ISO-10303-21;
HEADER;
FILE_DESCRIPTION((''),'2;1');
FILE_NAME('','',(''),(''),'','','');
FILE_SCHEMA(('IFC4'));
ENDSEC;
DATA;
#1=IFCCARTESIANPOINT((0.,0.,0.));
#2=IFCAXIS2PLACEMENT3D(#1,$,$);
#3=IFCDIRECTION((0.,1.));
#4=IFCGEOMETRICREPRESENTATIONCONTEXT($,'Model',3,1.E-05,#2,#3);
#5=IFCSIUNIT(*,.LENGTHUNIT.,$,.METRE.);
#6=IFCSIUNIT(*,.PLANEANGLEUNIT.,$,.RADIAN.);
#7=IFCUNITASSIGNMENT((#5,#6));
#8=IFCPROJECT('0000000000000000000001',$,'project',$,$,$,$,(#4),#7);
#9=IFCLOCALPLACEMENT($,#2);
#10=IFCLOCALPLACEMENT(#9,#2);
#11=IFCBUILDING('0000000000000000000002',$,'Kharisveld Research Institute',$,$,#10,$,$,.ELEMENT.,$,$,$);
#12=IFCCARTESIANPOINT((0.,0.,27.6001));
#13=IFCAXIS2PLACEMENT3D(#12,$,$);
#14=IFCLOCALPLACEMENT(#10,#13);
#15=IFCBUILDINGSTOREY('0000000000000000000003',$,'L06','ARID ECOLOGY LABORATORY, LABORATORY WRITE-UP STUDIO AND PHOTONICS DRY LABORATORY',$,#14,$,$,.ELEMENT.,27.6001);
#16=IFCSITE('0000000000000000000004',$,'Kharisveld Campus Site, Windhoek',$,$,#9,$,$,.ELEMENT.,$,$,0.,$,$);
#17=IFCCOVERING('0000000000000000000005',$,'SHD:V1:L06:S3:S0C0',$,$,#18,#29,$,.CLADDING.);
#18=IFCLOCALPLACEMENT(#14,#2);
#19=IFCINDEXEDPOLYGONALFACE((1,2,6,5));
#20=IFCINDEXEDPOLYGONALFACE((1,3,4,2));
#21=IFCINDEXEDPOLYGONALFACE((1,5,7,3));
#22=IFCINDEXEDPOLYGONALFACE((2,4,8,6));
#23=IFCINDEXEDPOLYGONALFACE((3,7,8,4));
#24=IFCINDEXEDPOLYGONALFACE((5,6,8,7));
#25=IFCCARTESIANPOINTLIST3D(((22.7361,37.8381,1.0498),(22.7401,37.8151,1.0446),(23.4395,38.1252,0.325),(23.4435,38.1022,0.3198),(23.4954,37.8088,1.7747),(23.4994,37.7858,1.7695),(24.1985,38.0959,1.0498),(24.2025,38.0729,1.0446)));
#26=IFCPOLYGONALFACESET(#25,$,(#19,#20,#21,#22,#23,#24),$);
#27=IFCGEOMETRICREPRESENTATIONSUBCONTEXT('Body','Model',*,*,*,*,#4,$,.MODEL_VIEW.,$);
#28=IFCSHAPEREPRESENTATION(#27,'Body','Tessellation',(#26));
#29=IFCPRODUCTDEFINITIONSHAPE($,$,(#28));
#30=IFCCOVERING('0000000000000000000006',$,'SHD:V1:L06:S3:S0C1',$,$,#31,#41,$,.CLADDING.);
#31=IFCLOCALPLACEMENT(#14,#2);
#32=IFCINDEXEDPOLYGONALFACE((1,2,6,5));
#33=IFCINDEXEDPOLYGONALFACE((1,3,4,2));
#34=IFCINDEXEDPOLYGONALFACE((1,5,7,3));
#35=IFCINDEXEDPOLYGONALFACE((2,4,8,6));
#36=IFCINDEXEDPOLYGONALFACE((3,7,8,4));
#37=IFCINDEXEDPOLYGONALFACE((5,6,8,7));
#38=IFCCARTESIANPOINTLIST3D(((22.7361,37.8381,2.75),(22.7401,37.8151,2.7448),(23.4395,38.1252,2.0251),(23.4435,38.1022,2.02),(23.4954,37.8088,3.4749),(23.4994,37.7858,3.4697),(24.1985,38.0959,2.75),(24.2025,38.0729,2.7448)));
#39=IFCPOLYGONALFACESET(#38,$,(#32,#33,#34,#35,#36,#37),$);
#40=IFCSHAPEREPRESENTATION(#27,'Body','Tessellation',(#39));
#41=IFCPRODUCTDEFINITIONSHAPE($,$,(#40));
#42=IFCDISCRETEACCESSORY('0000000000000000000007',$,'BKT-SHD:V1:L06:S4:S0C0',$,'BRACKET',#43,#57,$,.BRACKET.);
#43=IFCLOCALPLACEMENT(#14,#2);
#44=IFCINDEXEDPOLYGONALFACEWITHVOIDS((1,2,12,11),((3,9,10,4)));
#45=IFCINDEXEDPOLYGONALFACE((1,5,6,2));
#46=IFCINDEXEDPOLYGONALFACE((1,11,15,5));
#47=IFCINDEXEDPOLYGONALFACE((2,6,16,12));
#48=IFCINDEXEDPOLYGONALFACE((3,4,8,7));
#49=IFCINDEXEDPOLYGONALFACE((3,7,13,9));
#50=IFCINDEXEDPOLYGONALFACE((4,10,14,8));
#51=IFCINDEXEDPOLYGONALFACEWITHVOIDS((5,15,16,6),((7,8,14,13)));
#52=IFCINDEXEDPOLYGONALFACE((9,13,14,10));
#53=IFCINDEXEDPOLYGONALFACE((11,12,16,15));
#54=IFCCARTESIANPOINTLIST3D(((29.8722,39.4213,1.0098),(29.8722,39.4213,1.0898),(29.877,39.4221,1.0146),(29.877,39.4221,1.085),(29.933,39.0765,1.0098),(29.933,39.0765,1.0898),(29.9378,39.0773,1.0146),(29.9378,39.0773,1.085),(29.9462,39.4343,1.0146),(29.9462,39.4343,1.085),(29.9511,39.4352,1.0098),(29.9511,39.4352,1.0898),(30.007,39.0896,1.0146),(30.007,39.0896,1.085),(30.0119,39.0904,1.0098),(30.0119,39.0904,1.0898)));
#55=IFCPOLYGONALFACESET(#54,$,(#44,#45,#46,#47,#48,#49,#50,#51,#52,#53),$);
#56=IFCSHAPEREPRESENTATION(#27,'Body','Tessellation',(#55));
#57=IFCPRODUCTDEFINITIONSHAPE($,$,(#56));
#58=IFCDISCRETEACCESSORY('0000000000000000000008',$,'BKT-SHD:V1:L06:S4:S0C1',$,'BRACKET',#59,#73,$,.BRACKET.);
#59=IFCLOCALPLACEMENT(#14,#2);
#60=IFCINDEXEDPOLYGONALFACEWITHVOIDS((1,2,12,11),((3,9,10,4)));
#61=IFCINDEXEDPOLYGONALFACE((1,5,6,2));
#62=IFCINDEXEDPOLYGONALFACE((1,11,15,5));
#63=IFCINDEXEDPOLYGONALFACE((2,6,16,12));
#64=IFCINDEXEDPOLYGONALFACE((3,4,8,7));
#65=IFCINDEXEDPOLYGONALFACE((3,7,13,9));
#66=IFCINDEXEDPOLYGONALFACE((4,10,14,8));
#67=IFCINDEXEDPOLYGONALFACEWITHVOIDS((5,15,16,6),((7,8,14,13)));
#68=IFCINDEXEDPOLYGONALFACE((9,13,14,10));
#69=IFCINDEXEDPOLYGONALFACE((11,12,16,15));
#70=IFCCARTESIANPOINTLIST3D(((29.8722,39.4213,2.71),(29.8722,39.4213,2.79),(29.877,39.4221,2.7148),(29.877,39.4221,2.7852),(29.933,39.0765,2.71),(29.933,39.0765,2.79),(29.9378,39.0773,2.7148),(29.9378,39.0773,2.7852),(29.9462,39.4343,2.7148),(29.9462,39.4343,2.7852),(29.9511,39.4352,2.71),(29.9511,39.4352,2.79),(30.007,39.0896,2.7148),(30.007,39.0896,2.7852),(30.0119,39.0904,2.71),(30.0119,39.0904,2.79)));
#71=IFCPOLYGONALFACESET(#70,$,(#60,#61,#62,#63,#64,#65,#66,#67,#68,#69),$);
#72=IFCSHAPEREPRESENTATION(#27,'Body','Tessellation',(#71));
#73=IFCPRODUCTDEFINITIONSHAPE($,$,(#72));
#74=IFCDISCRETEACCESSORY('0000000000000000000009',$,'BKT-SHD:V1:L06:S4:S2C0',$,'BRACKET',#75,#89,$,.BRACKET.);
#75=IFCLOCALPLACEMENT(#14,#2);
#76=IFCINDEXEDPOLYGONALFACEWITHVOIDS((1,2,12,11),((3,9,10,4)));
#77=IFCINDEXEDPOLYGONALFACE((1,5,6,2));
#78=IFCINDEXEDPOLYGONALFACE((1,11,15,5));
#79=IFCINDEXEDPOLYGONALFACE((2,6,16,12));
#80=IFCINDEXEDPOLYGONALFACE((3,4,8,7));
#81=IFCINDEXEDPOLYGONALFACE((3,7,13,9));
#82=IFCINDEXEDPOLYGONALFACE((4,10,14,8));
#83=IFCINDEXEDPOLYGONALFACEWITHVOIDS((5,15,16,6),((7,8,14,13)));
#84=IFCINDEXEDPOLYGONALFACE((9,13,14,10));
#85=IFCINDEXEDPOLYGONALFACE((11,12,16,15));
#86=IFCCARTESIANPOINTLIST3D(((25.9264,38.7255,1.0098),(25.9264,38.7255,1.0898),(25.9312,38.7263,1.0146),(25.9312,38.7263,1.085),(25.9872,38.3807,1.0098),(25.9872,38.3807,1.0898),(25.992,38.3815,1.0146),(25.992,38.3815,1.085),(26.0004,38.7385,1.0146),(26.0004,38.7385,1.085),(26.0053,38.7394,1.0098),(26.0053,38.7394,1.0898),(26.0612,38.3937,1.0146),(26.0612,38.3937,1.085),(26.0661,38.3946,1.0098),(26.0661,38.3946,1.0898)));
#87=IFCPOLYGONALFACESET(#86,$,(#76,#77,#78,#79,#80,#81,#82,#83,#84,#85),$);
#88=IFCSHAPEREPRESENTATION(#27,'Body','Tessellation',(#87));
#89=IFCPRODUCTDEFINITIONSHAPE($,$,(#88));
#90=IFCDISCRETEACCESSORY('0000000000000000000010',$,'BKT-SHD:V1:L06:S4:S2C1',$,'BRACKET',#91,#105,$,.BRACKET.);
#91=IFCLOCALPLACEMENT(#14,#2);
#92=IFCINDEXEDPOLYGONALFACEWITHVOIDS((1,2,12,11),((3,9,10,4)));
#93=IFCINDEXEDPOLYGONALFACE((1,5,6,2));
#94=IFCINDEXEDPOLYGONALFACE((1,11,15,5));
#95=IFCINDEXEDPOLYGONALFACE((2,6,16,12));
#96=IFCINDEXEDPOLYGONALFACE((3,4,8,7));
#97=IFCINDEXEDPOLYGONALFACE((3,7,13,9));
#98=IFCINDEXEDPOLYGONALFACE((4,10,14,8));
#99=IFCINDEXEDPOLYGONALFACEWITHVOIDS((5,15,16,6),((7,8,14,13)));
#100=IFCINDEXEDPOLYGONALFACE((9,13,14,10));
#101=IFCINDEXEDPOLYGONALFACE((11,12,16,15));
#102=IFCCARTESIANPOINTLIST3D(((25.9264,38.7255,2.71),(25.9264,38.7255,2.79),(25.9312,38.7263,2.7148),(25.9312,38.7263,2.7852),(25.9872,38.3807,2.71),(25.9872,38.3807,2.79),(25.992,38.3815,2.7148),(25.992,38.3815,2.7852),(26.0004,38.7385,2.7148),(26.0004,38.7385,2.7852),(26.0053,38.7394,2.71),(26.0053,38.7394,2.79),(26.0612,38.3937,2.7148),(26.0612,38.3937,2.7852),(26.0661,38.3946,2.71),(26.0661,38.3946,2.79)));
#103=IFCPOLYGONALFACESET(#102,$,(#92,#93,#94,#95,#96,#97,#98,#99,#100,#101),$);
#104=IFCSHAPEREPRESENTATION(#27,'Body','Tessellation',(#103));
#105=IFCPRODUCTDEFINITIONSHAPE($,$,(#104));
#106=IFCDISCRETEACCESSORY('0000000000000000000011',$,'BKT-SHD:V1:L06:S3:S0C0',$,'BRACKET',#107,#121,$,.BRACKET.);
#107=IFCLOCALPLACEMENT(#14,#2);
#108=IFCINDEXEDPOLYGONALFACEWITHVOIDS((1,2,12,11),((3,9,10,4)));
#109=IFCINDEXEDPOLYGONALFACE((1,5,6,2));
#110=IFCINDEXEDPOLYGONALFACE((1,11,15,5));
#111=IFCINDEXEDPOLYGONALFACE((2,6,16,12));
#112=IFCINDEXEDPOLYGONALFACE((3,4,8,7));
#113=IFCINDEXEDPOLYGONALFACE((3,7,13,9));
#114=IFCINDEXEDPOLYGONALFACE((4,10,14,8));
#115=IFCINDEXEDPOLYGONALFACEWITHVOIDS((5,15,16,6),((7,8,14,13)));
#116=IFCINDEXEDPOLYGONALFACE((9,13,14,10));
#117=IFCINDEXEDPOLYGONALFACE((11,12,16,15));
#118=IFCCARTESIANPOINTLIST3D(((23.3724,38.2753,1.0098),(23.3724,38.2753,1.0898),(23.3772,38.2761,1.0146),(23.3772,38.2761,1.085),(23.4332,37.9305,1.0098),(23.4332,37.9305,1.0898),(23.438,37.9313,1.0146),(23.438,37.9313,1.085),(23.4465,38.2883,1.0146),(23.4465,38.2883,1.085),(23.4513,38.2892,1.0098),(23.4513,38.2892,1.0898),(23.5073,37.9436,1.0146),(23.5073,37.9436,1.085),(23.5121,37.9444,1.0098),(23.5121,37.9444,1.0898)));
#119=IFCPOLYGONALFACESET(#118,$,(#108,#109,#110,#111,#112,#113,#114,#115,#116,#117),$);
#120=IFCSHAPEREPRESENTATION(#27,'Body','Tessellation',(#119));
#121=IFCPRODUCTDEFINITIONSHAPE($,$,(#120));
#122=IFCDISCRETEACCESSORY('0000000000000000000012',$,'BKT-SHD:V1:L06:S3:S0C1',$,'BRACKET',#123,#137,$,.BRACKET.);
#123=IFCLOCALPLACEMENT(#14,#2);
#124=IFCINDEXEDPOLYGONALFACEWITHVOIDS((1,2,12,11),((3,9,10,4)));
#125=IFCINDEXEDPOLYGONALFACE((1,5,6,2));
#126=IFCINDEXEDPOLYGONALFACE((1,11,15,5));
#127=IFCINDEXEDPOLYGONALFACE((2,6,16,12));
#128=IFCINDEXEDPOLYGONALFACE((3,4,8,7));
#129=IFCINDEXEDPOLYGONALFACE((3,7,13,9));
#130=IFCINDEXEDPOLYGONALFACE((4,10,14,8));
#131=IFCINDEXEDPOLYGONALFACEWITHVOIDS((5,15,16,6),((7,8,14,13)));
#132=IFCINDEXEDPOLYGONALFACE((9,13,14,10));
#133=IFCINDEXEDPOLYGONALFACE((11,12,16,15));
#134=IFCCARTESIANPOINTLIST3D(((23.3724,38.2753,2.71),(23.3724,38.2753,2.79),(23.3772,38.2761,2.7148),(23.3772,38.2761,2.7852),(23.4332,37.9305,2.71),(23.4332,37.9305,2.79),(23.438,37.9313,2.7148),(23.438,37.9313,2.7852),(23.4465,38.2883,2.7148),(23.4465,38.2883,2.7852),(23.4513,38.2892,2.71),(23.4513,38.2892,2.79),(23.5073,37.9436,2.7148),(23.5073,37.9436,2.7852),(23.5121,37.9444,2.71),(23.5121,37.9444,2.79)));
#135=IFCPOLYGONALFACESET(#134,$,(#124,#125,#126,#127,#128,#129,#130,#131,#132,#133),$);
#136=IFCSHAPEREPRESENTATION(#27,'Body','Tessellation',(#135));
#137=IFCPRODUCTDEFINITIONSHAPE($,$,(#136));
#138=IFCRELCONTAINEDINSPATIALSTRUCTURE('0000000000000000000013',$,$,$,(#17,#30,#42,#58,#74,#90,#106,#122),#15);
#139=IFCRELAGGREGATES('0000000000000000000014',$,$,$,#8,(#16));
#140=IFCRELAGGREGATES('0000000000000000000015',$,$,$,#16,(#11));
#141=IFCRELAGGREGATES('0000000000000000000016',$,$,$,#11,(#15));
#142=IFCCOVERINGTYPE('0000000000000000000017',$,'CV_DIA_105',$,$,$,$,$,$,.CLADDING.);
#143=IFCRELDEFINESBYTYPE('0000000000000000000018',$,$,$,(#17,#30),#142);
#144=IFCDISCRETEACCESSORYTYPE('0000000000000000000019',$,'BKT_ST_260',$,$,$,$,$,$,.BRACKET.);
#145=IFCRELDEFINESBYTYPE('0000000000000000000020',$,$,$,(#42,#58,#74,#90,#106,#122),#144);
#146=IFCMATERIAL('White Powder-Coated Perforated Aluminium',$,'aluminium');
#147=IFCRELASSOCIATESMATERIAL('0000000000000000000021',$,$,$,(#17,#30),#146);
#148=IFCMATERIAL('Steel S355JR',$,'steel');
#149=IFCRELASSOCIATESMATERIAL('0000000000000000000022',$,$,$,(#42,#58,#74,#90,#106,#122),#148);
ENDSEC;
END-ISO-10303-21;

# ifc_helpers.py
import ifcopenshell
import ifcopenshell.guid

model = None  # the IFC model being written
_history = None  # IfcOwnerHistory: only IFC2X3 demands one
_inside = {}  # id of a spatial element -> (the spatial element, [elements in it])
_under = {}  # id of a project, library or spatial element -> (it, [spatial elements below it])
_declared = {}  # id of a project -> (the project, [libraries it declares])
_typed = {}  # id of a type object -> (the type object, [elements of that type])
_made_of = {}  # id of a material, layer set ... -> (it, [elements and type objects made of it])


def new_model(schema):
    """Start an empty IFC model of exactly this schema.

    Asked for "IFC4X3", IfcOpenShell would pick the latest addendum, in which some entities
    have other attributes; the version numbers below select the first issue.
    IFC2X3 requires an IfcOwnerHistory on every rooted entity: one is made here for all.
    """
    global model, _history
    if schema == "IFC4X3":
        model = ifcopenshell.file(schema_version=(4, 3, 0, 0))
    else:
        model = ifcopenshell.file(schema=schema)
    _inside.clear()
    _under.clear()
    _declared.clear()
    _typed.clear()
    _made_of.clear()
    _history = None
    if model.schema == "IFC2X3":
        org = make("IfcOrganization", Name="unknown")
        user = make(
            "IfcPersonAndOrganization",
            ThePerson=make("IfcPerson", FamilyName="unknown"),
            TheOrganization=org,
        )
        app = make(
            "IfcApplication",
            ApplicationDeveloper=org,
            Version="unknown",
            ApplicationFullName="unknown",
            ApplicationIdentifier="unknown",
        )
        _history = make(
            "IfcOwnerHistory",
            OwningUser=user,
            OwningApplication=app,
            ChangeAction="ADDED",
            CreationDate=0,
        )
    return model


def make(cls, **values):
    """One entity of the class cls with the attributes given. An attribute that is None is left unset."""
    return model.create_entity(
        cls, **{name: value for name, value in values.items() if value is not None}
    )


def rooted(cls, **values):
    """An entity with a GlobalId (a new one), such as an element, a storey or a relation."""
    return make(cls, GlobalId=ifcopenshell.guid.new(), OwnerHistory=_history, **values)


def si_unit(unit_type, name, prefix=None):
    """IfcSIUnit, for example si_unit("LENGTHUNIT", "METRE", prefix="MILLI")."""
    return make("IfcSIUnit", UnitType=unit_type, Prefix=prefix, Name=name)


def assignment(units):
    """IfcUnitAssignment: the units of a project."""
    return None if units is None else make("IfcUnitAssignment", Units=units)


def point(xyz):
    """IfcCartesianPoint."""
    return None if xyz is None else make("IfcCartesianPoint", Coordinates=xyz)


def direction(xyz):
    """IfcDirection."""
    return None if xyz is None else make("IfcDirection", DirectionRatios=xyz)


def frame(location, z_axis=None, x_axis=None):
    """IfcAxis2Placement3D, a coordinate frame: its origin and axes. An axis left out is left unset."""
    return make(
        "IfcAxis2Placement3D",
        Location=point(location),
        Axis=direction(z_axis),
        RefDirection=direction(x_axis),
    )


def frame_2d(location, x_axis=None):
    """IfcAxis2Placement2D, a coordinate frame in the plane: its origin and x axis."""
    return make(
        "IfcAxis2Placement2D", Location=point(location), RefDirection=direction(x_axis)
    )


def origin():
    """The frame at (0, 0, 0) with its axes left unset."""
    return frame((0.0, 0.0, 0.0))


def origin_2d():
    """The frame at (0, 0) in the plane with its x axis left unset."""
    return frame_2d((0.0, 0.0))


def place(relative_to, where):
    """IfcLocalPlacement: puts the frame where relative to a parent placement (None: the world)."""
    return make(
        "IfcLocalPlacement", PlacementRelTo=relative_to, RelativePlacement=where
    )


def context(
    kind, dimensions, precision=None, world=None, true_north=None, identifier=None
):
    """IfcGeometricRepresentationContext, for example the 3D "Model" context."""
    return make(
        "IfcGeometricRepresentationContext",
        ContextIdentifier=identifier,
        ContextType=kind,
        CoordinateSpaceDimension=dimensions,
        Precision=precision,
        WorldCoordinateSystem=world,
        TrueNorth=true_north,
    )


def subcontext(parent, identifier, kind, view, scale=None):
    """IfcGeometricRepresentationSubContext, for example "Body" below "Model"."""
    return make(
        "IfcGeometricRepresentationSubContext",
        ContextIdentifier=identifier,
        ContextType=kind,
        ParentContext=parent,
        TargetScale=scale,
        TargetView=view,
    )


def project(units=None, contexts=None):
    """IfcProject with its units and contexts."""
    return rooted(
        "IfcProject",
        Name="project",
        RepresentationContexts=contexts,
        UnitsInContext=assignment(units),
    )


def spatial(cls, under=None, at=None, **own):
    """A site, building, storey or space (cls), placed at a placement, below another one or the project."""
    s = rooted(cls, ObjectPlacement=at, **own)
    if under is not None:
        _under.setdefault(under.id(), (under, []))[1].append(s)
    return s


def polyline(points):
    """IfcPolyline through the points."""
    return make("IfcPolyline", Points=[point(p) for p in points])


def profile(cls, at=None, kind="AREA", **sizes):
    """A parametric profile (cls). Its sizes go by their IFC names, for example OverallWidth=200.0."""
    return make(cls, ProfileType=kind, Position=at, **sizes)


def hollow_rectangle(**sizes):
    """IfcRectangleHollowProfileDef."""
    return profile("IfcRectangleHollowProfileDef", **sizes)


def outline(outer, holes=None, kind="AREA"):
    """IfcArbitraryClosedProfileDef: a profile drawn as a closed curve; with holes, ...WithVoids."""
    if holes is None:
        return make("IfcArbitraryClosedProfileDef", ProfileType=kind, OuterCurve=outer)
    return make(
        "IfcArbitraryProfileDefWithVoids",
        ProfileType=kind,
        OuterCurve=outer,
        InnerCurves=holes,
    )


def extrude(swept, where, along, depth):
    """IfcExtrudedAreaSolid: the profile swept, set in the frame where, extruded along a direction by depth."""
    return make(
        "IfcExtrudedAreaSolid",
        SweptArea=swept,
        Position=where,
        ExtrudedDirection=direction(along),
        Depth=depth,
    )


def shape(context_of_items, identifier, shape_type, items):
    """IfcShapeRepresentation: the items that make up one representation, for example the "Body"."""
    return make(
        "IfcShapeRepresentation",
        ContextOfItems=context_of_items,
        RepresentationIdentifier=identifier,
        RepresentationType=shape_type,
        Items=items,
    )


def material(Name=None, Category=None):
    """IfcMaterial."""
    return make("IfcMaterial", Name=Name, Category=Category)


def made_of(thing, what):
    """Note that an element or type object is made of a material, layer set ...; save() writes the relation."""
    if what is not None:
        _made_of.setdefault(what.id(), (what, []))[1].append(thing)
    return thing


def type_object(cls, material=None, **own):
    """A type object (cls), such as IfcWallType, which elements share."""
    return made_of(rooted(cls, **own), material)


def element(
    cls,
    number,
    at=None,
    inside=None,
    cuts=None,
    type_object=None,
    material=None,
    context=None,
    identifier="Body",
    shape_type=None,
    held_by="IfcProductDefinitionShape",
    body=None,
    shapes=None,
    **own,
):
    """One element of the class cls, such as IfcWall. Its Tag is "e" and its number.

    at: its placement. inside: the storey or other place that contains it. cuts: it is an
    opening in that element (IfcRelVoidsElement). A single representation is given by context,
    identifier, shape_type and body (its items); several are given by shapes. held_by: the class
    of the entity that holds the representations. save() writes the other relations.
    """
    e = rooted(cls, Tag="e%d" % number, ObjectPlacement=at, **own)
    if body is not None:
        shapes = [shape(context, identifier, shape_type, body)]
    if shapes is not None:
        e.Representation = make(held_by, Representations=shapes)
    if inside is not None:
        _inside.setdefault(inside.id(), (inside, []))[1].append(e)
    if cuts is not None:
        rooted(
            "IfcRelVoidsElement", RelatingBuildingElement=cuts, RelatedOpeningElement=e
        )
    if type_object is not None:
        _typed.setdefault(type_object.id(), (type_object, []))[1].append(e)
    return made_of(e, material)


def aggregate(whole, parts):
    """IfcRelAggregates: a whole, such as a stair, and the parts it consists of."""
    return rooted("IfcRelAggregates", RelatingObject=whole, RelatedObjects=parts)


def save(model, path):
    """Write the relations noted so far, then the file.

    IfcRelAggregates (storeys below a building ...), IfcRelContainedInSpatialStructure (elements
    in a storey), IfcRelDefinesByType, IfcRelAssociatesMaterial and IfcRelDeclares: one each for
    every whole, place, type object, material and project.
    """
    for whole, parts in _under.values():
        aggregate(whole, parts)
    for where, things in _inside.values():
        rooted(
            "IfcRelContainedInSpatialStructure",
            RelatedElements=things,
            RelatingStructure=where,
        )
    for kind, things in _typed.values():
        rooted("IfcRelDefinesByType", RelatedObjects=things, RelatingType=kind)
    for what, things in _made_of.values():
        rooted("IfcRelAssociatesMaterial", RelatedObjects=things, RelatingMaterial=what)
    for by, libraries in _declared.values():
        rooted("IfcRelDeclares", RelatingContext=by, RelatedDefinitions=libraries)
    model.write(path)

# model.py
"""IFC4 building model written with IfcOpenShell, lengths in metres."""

from ifc_helpers import new_model, si_unit, direction, frame, origin, origin_2d, place, context, subcontext, project, spatial, polyline, hollow_rectangle, outline, extrude, material, type_object, element, save


model = new_model("IFC4")

# Units and contexts
model_context = context("Model", 3, precision=1e-05, world=origin(), true_north=direction((0.0, 1.0)))
body_context = subcontext(model_context, "Body", "Model", "MODEL_VIEW")
ifc_project = project(units=[si_unit("LENGTHUNIT", "METRE"), si_unit("PLANEANGLEUNIT", "RADIAN")], contexts=[model_context])

# Site, building, storey
site_placement = place(None, origin())
site = spatial("IfcSite", under=ifc_project, at=site_placement, Name="Kharisveld Campus Site, Windhoek", CompositionType="ELEMENT", RefElevation=0.0)
building_placement = place(site_placement, origin())
building = spatial("IfcBuilding", under=site, at=building_placement, Name="Kharisveld Research Institute", CompositionType="ELEMENT")
storey_placement = place(building_placement, frame((0.0, 0.0, 27.6001)))
storey = spatial("IfcBuildingStorey", under=building, at=storey_placement, Name="L06", Description="ARID ECOLOGY LABORATORY, LABORATORY WRITE-UP STUDIO AND PHOTONICS DRY LABORATORY", CompositionType="ELEMENT", Elevation=27.6001)

# Coverings
ifc_material_1 = material(Name="White Powder-Coated Perforated Aluminium", Category="aluminium")
covering_type = type_object("IfcCoveringType", Name="CV_DIA_105", PredefinedType="CLADDING")
for number, where, z_axis, x_axis, name in (
    (1, (23.4395, 38.1252, 0.325), (-0.169503, 0.961481, 0.216385), (-0.66985, -0.273447, 0.69031), "SHD:V1:L06:S3:S0C0"),
    (2, (23.4395, 38.1252, 2.0251), (-0.169503, 0.961481, 0.216385), (-0.66985, -0.273447, 0.69031), "SHD:V1:L06:S3:S0C1"),
):
    element("IfcCovering", number, at=place(storey_placement, frame(where, z_axis=z_axis, x_axis=x_axis)), inside=storey, type_object=covering_type, material=ifc_material_1, Name=name, PredefinedType="CLADDING", context=body_context, shape_type="SweptSolid", body=[
        extrude(outline(polyline([(0.0, 0.0), (1.05, 0.0), (1.0498, 1.0501), (-0.0001, 1.05), (0.0, 0.0)])), origin(), (0.0, 0.0, -1.0), 0.0239),
    ])

# Discrete accessories
ifc_material_2 = material(Name="Steel S355JR", Category="steel")
discrete_accessory_type = type_object("IfcDiscreteAccessoryType", Name="BKT_ST_260", PredefinedType="BRACKET")
for number, where, z_axis, x_axis, name in (
    (3, (29.9116, 39.4282, 1.0498), (0.173666, -0.984805, 0.0), (0.984805, 0.173666, 0.0), "BKT-SHD:V1:L06:S4:S0C0"),
    (4, (29.9116, 39.4282, 2.75), (0.173666, -0.984805, 0.0), (0.984805, 0.173666, 0.0), "BKT-SHD:V1:L06:S4:S0C1"),
    (5, (25.9658, 38.7324, 1.0498), (0.173666, -0.984805, 0.0), (0.984805, 0.173666, 0.0), "BKT-SHD:V1:L06:S4:S2C0"),
    (6, (25.9658, 38.7324, 2.75), (0.173666, -0.984805, 0.0), (0.984805, 0.173666, 0.0), "BKT-SHD:V1:L06:S4:S2C1"),
    (7, (23.4119, 38.2822, 1.0498), (0.173666, -0.984805, 0.0), (0.984805, 0.173666, 0.0), "BKT-SHD:V1:L06:S3:S0C0"),
    (8, (23.4119, 38.2822, 2.75), (0.173666, -0.984805, 0.0), (0.984805, 0.173666, 0.0), "BKT-SHD:V1:L06:S3:S0C1"),
):
    element("IfcDiscreteAccessory", number, at=place(storey_placement, frame(where, z_axis=z_axis, x_axis=x_axis)), inside=storey, type_object=discrete_accessory_type, material=ifc_material_2, Name=name, ObjectType="BRACKET", PredefinedType="BRACKET", context=body_context, shape_type="SweptSolid", body=[
        extrude(hollow_rectangle(XDim=0.0801, YDim=0.0801, WallThickness=0.0049, at=origin_2d()), origin(), (0.0, 0.0, 1.0), 0.3501),
    ])

save(model, "model.ifc")
